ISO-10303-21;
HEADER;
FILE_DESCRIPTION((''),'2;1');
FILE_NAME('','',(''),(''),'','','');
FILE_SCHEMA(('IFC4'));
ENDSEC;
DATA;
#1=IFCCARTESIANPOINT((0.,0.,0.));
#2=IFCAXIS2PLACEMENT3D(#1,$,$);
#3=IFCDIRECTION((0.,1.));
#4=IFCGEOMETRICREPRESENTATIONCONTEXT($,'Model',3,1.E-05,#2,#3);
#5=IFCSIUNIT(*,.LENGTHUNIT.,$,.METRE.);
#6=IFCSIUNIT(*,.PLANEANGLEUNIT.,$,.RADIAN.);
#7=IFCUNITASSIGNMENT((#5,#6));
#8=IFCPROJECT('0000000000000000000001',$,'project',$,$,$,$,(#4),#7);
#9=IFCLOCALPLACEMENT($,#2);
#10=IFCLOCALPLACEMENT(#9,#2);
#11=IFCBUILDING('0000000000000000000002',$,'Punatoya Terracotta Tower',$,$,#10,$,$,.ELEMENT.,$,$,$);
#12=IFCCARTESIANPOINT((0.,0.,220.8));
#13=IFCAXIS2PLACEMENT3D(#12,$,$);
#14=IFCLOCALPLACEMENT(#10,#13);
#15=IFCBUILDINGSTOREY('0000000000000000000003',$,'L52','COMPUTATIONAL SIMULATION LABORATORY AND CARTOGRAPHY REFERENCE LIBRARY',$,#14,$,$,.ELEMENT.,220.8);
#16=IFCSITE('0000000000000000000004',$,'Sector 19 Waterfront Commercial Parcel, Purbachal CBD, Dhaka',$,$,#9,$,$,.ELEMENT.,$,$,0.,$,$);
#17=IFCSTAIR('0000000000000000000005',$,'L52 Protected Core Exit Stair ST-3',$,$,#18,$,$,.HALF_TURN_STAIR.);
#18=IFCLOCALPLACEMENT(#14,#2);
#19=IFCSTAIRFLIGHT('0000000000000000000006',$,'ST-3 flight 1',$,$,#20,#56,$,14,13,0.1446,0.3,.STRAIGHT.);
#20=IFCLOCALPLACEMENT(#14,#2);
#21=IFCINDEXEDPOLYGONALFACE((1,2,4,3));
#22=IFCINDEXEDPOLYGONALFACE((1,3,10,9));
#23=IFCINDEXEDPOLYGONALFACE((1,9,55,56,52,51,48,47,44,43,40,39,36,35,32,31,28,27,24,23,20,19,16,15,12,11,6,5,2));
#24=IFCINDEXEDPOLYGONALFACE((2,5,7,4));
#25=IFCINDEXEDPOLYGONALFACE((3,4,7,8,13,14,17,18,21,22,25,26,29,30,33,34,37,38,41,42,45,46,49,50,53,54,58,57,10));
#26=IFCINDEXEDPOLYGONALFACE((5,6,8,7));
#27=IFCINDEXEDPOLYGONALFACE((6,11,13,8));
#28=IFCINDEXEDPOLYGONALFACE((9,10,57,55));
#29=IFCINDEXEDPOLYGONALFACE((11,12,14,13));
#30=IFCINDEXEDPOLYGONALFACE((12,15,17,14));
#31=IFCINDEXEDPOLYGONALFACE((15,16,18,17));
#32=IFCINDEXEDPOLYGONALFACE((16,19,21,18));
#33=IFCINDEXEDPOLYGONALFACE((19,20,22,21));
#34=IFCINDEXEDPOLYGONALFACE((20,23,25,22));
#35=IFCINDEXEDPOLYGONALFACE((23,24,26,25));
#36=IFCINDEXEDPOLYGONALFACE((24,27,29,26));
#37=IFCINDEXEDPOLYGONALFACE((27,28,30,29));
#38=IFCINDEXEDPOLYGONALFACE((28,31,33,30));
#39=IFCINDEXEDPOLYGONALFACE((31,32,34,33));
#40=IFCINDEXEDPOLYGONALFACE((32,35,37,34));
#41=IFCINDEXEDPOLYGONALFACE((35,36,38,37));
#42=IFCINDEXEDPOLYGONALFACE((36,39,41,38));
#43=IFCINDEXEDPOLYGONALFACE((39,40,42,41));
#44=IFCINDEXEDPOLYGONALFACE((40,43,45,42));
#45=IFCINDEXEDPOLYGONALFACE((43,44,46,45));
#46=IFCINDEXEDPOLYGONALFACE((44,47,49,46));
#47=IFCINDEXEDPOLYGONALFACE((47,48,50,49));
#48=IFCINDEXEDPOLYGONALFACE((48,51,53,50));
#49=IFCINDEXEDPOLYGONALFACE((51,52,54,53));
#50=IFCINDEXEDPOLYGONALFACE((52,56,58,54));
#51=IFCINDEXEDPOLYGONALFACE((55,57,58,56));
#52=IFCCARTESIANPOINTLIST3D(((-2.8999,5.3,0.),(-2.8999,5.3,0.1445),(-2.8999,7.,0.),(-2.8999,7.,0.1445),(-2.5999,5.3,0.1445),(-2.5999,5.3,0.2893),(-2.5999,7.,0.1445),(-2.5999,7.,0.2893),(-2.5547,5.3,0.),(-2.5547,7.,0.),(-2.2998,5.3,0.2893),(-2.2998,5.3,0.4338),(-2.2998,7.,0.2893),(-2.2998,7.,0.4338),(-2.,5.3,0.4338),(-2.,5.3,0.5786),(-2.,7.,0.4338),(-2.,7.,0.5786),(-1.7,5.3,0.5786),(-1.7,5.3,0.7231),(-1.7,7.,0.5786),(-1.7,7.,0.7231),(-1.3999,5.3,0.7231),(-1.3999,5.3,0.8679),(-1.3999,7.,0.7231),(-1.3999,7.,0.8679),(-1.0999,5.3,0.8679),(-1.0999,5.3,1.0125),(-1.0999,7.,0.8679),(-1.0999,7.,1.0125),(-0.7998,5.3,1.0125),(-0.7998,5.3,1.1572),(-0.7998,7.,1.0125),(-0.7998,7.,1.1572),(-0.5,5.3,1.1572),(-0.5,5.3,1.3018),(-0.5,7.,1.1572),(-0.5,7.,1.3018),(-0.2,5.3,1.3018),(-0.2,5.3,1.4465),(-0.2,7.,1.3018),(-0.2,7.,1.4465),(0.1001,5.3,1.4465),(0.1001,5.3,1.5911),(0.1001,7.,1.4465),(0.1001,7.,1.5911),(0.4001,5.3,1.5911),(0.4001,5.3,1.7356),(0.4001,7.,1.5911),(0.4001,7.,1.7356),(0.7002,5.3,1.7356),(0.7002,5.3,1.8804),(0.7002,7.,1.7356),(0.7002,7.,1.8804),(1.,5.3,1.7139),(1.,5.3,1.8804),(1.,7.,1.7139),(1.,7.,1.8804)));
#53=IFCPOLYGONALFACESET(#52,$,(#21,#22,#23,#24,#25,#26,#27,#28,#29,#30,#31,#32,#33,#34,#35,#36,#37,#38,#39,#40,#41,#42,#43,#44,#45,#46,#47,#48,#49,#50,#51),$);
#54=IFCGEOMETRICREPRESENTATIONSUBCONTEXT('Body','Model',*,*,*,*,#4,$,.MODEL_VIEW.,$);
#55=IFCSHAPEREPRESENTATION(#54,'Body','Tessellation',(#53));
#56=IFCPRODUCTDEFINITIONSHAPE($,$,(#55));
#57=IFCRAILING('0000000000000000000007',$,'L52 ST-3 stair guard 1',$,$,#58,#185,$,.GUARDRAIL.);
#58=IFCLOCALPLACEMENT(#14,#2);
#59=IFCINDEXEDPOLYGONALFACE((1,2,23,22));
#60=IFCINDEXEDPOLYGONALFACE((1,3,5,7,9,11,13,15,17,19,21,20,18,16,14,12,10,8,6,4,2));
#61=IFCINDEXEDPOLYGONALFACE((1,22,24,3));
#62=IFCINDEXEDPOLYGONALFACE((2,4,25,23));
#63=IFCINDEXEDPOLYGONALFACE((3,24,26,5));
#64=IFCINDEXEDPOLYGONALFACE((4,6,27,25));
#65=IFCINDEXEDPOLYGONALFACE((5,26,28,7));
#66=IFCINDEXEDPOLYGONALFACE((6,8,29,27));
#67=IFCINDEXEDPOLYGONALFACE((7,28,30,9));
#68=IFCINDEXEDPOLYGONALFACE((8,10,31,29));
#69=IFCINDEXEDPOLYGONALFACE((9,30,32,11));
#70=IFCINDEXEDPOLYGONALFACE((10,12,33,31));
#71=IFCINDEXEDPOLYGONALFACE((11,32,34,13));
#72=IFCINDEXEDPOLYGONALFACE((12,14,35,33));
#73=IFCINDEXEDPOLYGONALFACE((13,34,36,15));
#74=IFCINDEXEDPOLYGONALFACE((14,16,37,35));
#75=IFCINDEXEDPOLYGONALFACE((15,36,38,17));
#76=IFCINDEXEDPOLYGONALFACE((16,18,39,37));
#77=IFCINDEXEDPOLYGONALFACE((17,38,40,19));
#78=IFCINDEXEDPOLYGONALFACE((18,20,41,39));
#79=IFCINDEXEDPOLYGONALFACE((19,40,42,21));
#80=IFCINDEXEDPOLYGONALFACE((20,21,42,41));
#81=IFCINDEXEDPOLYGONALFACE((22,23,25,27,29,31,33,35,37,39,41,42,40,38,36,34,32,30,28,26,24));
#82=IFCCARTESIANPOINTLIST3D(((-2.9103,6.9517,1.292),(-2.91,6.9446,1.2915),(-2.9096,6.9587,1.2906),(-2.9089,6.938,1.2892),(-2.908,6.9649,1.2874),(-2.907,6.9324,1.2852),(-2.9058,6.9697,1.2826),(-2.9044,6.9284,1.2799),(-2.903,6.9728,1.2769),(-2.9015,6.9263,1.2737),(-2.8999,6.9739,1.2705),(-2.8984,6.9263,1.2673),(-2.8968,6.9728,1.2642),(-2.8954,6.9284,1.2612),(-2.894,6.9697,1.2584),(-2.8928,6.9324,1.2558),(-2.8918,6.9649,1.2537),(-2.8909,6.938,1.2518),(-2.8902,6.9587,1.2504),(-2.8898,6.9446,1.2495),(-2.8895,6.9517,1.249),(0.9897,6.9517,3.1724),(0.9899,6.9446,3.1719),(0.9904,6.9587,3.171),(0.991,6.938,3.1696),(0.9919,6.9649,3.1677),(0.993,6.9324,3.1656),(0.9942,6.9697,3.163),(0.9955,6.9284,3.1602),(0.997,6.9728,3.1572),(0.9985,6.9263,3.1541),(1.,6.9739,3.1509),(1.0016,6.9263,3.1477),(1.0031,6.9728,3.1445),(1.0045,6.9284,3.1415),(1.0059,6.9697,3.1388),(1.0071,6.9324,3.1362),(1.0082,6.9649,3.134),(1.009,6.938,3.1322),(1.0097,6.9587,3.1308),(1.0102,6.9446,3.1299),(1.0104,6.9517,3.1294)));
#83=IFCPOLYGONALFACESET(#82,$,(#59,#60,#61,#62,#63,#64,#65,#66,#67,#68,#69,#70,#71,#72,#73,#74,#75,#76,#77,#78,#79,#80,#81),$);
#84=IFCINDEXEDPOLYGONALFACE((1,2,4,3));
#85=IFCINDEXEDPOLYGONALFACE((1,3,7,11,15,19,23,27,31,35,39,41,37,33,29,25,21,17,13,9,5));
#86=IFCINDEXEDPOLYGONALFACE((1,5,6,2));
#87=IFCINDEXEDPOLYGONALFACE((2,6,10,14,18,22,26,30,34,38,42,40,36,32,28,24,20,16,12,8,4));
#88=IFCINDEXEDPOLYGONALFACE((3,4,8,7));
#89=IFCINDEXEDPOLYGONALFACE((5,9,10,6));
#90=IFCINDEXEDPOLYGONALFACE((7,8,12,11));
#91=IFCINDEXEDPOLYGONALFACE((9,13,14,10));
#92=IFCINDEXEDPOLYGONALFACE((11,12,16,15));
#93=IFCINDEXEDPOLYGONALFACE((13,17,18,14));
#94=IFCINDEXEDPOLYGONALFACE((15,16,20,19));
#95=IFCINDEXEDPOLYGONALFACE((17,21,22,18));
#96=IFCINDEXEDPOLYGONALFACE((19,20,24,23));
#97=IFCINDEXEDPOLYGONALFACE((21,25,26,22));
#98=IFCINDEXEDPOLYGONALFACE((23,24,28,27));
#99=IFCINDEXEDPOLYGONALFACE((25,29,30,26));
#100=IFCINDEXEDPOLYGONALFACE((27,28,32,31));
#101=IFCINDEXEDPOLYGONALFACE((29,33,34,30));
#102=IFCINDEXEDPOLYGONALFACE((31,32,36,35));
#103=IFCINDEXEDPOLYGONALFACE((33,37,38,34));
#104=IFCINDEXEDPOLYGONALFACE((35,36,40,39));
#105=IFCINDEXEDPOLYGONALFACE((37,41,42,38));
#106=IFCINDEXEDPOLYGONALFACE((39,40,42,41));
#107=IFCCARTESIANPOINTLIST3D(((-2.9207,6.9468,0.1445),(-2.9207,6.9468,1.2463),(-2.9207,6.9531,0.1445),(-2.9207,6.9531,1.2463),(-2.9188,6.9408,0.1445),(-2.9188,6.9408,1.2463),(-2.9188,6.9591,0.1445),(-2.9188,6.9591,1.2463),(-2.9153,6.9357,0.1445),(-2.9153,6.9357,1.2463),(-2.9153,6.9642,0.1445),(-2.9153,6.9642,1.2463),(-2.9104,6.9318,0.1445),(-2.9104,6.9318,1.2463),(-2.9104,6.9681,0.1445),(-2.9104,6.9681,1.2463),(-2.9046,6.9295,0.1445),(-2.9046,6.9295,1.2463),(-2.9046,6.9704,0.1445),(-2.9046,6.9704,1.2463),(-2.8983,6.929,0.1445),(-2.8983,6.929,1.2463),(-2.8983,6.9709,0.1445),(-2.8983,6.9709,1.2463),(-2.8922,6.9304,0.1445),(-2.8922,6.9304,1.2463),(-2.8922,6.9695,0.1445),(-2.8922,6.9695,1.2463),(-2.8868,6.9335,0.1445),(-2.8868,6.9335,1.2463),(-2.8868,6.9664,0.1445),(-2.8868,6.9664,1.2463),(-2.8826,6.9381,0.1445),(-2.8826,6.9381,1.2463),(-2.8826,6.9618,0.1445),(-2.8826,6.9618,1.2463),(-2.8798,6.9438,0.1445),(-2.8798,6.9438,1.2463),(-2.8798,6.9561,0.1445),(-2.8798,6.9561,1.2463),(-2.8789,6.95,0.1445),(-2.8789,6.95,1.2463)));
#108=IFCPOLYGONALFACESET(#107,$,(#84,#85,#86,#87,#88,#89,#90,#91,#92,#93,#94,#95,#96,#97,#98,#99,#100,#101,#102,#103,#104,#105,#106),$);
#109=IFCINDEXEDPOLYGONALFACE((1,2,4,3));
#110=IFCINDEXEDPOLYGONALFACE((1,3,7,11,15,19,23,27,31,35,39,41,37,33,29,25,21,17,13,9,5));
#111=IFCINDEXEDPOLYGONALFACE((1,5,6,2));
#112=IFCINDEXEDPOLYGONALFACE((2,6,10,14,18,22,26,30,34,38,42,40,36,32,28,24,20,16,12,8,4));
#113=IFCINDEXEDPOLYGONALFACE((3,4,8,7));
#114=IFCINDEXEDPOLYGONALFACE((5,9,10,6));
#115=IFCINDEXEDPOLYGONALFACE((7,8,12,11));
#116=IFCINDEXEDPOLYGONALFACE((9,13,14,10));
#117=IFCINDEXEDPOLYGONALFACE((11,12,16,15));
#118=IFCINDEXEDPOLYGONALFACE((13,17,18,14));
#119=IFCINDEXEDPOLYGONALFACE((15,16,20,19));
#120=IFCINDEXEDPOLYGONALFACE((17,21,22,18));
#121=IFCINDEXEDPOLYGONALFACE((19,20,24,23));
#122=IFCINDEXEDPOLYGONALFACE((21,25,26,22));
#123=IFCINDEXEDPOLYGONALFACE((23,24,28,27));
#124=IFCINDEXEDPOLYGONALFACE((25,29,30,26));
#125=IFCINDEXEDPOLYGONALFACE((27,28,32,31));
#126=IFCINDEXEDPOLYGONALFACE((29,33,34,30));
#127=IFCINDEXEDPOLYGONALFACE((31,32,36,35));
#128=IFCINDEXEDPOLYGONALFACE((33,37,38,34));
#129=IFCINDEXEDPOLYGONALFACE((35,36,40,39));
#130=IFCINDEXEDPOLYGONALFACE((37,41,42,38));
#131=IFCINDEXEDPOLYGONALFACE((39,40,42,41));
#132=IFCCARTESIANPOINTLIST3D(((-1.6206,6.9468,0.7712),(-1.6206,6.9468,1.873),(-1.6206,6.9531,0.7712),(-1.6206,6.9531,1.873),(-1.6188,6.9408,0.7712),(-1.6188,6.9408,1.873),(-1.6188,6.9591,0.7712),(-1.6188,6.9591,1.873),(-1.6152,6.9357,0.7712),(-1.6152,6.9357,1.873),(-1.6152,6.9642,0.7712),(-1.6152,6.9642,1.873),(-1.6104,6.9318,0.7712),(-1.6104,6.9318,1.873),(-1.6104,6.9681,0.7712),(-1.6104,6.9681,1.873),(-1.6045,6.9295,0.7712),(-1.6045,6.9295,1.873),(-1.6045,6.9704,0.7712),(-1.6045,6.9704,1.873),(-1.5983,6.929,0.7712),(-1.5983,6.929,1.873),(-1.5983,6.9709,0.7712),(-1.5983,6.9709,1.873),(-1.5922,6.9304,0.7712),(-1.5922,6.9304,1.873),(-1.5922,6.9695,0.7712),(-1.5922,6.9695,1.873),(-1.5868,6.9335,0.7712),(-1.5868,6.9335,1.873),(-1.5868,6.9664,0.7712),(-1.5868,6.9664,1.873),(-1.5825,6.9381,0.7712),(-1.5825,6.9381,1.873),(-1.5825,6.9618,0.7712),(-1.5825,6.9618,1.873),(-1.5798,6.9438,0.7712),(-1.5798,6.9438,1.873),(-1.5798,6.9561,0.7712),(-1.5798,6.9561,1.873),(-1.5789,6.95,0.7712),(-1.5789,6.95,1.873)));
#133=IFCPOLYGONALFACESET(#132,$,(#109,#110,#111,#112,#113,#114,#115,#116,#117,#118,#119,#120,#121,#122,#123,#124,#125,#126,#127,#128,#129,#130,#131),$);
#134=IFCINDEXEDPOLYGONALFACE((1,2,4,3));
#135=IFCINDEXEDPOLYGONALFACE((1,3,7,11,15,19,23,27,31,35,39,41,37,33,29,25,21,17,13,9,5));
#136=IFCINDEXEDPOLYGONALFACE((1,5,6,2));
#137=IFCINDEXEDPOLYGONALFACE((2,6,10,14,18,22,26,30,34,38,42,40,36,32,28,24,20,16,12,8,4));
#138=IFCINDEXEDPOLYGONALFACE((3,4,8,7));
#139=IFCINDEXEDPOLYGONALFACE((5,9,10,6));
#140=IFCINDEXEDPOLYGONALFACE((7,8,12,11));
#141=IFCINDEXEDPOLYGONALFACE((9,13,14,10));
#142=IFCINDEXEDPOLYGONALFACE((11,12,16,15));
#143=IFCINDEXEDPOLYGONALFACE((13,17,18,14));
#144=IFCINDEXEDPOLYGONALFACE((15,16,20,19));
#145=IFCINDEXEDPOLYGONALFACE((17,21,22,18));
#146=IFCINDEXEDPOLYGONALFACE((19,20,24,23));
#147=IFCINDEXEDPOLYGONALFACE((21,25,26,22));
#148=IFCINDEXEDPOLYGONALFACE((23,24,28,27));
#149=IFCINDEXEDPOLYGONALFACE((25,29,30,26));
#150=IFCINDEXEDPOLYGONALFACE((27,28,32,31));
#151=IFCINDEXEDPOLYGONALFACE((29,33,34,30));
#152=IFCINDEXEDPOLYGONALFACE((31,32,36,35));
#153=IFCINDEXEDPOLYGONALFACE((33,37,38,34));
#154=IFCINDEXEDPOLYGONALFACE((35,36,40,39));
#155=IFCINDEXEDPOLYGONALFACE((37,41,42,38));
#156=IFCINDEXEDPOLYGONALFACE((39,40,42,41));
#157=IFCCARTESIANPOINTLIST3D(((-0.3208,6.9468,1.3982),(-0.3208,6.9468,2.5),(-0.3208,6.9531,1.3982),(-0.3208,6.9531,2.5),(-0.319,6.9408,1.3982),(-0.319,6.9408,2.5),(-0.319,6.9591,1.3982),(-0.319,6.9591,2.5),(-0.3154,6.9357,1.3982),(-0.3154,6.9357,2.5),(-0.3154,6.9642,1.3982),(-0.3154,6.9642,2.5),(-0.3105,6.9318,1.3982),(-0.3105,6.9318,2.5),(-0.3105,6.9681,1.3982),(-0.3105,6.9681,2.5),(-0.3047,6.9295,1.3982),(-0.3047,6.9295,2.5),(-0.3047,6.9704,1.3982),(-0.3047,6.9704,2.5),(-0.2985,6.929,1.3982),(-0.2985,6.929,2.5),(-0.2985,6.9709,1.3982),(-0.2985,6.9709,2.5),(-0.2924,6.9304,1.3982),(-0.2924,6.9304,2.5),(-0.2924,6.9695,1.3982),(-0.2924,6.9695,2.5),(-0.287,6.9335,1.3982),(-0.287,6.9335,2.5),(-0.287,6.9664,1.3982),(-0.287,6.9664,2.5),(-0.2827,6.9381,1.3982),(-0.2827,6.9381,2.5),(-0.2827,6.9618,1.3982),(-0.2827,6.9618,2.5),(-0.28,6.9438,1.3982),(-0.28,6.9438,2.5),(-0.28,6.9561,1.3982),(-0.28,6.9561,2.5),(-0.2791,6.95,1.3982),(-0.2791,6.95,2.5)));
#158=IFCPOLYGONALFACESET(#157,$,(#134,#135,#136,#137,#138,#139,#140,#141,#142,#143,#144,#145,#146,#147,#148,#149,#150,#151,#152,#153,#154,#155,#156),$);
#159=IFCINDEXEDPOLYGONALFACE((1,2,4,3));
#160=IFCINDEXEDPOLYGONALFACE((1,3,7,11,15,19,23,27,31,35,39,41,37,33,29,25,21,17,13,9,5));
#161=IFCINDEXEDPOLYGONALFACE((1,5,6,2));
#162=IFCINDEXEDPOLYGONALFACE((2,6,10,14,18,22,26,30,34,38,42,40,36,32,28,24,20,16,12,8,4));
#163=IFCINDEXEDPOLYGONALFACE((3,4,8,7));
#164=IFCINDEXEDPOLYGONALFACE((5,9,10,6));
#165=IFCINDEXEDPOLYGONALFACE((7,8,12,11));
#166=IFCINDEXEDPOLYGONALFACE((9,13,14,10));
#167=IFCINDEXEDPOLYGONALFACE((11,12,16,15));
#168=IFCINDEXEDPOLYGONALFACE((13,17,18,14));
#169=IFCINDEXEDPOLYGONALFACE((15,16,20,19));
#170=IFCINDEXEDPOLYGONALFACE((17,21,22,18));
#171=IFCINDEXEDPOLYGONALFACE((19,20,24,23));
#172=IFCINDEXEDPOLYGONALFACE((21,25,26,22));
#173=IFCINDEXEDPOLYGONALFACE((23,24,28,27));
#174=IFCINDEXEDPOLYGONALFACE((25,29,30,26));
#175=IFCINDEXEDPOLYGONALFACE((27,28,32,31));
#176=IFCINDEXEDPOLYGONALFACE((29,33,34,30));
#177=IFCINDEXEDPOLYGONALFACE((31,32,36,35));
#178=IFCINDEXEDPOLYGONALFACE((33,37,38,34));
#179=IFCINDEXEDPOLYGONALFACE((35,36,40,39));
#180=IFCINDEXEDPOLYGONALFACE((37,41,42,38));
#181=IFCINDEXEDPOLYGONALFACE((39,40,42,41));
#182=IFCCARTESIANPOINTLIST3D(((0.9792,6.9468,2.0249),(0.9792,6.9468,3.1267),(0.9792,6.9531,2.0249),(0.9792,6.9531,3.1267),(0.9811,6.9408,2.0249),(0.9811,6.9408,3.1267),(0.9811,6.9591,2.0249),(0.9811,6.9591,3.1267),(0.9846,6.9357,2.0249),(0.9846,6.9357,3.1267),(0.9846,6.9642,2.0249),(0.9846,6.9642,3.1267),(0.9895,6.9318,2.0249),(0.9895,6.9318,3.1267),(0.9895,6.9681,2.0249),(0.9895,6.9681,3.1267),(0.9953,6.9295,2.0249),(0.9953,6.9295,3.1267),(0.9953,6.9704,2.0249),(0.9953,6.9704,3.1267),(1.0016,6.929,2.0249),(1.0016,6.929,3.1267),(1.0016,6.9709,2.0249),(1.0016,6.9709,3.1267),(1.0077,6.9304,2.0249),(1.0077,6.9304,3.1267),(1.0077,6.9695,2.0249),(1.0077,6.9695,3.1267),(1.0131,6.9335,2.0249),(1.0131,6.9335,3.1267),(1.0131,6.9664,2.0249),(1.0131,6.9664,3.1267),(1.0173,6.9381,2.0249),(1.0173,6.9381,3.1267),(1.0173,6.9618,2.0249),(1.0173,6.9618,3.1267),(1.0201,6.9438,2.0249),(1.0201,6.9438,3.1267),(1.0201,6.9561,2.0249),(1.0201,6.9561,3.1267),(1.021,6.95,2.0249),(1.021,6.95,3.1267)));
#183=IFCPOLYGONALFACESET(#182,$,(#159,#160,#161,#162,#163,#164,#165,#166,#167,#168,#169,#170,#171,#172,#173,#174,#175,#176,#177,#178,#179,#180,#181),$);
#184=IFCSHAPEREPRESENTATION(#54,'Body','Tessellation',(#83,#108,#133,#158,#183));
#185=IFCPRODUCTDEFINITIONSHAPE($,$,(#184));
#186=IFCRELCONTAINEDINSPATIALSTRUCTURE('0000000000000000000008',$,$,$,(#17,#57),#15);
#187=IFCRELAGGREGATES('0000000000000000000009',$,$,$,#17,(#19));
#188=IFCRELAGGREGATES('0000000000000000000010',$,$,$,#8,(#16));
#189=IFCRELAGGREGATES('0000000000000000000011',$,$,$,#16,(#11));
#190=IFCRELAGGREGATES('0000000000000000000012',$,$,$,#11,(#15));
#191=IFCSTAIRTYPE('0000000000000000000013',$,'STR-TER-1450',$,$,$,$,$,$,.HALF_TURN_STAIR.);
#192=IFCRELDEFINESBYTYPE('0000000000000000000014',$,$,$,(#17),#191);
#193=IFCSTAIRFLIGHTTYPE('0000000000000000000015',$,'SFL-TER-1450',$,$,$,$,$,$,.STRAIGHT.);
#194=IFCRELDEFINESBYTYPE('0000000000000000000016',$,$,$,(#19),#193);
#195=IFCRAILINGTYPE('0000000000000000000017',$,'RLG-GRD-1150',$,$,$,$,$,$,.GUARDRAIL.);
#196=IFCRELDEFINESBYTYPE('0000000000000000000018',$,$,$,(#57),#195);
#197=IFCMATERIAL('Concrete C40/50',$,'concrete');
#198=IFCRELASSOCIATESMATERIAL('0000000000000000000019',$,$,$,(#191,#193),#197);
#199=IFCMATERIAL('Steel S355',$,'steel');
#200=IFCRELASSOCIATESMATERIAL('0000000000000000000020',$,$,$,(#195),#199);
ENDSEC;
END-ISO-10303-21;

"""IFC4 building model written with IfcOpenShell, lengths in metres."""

from ifc_helpers import new_model, si_unit, direction, frame, origin, origin_2d, place, context, subcontext, project, spatial, polyline, circle, outline, extrude, material, type_object, element, aggregate, save


model = new_model("IFC4")

# Units and contexts
model_context = context("Model", 3, precision=1e-05, world=origin(), true_north=direction((0.0, 1.0)))
body_context = subcontext(model_context, "Body", "Model", "MODEL_VIEW")
ifc_project = project(units=[si_unit("LENGTHUNIT", "METRE"), si_unit("PLANEANGLEUNIT", "RADIAN")], contexts=[model_context])

# Site, building, storey
site_placement = place(None, origin())
site = spatial("IfcSite", under=ifc_project, at=site_placement, Name="Sector 19 Waterfront Commercial Parcel, Purbachal CBD, Dhaka", CompositionType="ELEMENT", RefElevation=0.0)
building_placement = place(site_placement, origin())
building = spatial("IfcBuilding", under=site, at=building_placement, Name="Punatoya Terracotta Tower", CompositionType="ELEMENT")
storey_placement = place(building_placement, frame((0.0, 0.0, 220.8)))
storey = spatial("IfcBuildingStorey", under=building, at=storey_placement, Name="L52", Description="COMPUTATIONAL SIMULATION LABORATORY AND CARTOGRAPHY REFERENCE LIBRARY", CompositionType="ELEMENT", Elevation=220.8)

# Shared definitions
ifc_material_1 = material(Name="Steel S355", Category="steel")

# Shared definitions
ifc_material_2 = material(Name="Concrete C40/50", Category="concrete")

# Stair, stair flight
stair_type = type_object("IfcStairType", Name="STR-TER-1450", PredefinedType="HALF_TURN_STAIR", material=ifc_material_2)
stair_placement = place(storey_placement, origin())
stair = element("IfcStair", 1, at=stair_placement, inside=storey, type_object=stair_type, Name="L52 Protected Core Exit Stair ST-3", PredefinedType="HALF_TURN_STAIR")
stair_flight_type = type_object("IfcStairFlightType", Name="SFL-TER-1450", PredefinedType="STRAIGHT", material=ifc_material_2)
stair_flight_placement = place(storey_placement, frame((-2.8999, 6.1499, 0.0), z_axis=(0.0, 0.0, 1.0), x_axis=(1.0, 0.0, 0.0)))
stair_flight = element("IfcStairFlight", 2, at=stair_flight_placement, type_object=stair_flight_type, Name="ST-3 flight 1", NumberOfRisers=14, NumberOfTreads=13, PredefinedType="STRAIGHT", RiserHeight=0.1446, TreadLength=0.3, context=body_context, shape_type="SweptSolid", body=[
    extrude(outline(polyline([(0.0, 0.0), (0.0, 0.1445), (0.3, 0.1445), (0.3, 0.2893), (0.6001, 0.2893), (0.6001, 0.4338), (0.8999, 0.4338), (0.8999, 0.5786), (1.2, 0.5786), (1.2, 0.7231), (1.5, 0.7231), (1.5, 0.8679), (1.8, 0.8679), (1.8, 1.0125), (2.1001, 1.0125), (2.1001, 1.1572), (2.3999, 1.1572), (2.3999, 1.3018), (2.7, 1.3018), (2.7, 1.4465), (3.0, 1.4465), (3.0, 1.5911), (3.3, 1.5911), (3.3, 1.7356), (3.6001, 1.7356), (3.6001, 1.8804), (3.8999, 1.8804), (3.8999, 2.0249), (3.8999, 1.7139), (0.3452, 0.0), (0.0, 0.0)])), frame((0.0, 0.8501, 0.0), z_axis=(0.0, -1.0, 0.0), x_axis=(1.0, 0.0, 0.0)), (0.0, 0.0, 1.0), 1.7),
])
aggregate(stair, [stair_flight])

# Railing
railing_type = type_object("IfcRailingType", Name="RLG-GRD-1150", PredefinedType="GUARDRAIL", material=ifc_material_1)
railing_1_placement = place(storey_placement, frame((-2.8999, 6.95, 0.1445)))
element("IfcRailing", 3, at=railing_1_placement, inside=storey, type_object=railing_type, Name="L52 ST-3 stair guard 1", PredefinedType="GUARDRAIL", context=body_context, shape_type="SweptSolid", body=[
    extrude(circle(Radius=0.0239, at=origin_2d()), frame((0.0, 0.0, 1.126), z_axis=(0.900763, 0.0, 0.434311), x_axis=(0.0, 1.0, 0.0)), (0.0, 0.0, 1.0), 4.3296),
    extrude(circle(Radius=0.021, at=origin_2d()), origin(), (0.0, 0.0, 1.0), 1.1018),
    extrude(circle(Radius=0.021, at=origin_2d()), frame((1.3, 0.0, 0.6267)), (0.0, 0.0, 1.0), 1.1018),
    extrude(circle(Radius=0.021, at=origin_2d()), frame((2.5999, 0.0, 1.2537)), (0.0, 0.0, 1.0), 1.1018),
    extrude(circle(Radius=0.021, at=origin_2d()), frame((3.8999, 0.0, 1.8804)), (0.0, 0.0, 1.0), 1.1018),
])

save(model, "model.ifc")
